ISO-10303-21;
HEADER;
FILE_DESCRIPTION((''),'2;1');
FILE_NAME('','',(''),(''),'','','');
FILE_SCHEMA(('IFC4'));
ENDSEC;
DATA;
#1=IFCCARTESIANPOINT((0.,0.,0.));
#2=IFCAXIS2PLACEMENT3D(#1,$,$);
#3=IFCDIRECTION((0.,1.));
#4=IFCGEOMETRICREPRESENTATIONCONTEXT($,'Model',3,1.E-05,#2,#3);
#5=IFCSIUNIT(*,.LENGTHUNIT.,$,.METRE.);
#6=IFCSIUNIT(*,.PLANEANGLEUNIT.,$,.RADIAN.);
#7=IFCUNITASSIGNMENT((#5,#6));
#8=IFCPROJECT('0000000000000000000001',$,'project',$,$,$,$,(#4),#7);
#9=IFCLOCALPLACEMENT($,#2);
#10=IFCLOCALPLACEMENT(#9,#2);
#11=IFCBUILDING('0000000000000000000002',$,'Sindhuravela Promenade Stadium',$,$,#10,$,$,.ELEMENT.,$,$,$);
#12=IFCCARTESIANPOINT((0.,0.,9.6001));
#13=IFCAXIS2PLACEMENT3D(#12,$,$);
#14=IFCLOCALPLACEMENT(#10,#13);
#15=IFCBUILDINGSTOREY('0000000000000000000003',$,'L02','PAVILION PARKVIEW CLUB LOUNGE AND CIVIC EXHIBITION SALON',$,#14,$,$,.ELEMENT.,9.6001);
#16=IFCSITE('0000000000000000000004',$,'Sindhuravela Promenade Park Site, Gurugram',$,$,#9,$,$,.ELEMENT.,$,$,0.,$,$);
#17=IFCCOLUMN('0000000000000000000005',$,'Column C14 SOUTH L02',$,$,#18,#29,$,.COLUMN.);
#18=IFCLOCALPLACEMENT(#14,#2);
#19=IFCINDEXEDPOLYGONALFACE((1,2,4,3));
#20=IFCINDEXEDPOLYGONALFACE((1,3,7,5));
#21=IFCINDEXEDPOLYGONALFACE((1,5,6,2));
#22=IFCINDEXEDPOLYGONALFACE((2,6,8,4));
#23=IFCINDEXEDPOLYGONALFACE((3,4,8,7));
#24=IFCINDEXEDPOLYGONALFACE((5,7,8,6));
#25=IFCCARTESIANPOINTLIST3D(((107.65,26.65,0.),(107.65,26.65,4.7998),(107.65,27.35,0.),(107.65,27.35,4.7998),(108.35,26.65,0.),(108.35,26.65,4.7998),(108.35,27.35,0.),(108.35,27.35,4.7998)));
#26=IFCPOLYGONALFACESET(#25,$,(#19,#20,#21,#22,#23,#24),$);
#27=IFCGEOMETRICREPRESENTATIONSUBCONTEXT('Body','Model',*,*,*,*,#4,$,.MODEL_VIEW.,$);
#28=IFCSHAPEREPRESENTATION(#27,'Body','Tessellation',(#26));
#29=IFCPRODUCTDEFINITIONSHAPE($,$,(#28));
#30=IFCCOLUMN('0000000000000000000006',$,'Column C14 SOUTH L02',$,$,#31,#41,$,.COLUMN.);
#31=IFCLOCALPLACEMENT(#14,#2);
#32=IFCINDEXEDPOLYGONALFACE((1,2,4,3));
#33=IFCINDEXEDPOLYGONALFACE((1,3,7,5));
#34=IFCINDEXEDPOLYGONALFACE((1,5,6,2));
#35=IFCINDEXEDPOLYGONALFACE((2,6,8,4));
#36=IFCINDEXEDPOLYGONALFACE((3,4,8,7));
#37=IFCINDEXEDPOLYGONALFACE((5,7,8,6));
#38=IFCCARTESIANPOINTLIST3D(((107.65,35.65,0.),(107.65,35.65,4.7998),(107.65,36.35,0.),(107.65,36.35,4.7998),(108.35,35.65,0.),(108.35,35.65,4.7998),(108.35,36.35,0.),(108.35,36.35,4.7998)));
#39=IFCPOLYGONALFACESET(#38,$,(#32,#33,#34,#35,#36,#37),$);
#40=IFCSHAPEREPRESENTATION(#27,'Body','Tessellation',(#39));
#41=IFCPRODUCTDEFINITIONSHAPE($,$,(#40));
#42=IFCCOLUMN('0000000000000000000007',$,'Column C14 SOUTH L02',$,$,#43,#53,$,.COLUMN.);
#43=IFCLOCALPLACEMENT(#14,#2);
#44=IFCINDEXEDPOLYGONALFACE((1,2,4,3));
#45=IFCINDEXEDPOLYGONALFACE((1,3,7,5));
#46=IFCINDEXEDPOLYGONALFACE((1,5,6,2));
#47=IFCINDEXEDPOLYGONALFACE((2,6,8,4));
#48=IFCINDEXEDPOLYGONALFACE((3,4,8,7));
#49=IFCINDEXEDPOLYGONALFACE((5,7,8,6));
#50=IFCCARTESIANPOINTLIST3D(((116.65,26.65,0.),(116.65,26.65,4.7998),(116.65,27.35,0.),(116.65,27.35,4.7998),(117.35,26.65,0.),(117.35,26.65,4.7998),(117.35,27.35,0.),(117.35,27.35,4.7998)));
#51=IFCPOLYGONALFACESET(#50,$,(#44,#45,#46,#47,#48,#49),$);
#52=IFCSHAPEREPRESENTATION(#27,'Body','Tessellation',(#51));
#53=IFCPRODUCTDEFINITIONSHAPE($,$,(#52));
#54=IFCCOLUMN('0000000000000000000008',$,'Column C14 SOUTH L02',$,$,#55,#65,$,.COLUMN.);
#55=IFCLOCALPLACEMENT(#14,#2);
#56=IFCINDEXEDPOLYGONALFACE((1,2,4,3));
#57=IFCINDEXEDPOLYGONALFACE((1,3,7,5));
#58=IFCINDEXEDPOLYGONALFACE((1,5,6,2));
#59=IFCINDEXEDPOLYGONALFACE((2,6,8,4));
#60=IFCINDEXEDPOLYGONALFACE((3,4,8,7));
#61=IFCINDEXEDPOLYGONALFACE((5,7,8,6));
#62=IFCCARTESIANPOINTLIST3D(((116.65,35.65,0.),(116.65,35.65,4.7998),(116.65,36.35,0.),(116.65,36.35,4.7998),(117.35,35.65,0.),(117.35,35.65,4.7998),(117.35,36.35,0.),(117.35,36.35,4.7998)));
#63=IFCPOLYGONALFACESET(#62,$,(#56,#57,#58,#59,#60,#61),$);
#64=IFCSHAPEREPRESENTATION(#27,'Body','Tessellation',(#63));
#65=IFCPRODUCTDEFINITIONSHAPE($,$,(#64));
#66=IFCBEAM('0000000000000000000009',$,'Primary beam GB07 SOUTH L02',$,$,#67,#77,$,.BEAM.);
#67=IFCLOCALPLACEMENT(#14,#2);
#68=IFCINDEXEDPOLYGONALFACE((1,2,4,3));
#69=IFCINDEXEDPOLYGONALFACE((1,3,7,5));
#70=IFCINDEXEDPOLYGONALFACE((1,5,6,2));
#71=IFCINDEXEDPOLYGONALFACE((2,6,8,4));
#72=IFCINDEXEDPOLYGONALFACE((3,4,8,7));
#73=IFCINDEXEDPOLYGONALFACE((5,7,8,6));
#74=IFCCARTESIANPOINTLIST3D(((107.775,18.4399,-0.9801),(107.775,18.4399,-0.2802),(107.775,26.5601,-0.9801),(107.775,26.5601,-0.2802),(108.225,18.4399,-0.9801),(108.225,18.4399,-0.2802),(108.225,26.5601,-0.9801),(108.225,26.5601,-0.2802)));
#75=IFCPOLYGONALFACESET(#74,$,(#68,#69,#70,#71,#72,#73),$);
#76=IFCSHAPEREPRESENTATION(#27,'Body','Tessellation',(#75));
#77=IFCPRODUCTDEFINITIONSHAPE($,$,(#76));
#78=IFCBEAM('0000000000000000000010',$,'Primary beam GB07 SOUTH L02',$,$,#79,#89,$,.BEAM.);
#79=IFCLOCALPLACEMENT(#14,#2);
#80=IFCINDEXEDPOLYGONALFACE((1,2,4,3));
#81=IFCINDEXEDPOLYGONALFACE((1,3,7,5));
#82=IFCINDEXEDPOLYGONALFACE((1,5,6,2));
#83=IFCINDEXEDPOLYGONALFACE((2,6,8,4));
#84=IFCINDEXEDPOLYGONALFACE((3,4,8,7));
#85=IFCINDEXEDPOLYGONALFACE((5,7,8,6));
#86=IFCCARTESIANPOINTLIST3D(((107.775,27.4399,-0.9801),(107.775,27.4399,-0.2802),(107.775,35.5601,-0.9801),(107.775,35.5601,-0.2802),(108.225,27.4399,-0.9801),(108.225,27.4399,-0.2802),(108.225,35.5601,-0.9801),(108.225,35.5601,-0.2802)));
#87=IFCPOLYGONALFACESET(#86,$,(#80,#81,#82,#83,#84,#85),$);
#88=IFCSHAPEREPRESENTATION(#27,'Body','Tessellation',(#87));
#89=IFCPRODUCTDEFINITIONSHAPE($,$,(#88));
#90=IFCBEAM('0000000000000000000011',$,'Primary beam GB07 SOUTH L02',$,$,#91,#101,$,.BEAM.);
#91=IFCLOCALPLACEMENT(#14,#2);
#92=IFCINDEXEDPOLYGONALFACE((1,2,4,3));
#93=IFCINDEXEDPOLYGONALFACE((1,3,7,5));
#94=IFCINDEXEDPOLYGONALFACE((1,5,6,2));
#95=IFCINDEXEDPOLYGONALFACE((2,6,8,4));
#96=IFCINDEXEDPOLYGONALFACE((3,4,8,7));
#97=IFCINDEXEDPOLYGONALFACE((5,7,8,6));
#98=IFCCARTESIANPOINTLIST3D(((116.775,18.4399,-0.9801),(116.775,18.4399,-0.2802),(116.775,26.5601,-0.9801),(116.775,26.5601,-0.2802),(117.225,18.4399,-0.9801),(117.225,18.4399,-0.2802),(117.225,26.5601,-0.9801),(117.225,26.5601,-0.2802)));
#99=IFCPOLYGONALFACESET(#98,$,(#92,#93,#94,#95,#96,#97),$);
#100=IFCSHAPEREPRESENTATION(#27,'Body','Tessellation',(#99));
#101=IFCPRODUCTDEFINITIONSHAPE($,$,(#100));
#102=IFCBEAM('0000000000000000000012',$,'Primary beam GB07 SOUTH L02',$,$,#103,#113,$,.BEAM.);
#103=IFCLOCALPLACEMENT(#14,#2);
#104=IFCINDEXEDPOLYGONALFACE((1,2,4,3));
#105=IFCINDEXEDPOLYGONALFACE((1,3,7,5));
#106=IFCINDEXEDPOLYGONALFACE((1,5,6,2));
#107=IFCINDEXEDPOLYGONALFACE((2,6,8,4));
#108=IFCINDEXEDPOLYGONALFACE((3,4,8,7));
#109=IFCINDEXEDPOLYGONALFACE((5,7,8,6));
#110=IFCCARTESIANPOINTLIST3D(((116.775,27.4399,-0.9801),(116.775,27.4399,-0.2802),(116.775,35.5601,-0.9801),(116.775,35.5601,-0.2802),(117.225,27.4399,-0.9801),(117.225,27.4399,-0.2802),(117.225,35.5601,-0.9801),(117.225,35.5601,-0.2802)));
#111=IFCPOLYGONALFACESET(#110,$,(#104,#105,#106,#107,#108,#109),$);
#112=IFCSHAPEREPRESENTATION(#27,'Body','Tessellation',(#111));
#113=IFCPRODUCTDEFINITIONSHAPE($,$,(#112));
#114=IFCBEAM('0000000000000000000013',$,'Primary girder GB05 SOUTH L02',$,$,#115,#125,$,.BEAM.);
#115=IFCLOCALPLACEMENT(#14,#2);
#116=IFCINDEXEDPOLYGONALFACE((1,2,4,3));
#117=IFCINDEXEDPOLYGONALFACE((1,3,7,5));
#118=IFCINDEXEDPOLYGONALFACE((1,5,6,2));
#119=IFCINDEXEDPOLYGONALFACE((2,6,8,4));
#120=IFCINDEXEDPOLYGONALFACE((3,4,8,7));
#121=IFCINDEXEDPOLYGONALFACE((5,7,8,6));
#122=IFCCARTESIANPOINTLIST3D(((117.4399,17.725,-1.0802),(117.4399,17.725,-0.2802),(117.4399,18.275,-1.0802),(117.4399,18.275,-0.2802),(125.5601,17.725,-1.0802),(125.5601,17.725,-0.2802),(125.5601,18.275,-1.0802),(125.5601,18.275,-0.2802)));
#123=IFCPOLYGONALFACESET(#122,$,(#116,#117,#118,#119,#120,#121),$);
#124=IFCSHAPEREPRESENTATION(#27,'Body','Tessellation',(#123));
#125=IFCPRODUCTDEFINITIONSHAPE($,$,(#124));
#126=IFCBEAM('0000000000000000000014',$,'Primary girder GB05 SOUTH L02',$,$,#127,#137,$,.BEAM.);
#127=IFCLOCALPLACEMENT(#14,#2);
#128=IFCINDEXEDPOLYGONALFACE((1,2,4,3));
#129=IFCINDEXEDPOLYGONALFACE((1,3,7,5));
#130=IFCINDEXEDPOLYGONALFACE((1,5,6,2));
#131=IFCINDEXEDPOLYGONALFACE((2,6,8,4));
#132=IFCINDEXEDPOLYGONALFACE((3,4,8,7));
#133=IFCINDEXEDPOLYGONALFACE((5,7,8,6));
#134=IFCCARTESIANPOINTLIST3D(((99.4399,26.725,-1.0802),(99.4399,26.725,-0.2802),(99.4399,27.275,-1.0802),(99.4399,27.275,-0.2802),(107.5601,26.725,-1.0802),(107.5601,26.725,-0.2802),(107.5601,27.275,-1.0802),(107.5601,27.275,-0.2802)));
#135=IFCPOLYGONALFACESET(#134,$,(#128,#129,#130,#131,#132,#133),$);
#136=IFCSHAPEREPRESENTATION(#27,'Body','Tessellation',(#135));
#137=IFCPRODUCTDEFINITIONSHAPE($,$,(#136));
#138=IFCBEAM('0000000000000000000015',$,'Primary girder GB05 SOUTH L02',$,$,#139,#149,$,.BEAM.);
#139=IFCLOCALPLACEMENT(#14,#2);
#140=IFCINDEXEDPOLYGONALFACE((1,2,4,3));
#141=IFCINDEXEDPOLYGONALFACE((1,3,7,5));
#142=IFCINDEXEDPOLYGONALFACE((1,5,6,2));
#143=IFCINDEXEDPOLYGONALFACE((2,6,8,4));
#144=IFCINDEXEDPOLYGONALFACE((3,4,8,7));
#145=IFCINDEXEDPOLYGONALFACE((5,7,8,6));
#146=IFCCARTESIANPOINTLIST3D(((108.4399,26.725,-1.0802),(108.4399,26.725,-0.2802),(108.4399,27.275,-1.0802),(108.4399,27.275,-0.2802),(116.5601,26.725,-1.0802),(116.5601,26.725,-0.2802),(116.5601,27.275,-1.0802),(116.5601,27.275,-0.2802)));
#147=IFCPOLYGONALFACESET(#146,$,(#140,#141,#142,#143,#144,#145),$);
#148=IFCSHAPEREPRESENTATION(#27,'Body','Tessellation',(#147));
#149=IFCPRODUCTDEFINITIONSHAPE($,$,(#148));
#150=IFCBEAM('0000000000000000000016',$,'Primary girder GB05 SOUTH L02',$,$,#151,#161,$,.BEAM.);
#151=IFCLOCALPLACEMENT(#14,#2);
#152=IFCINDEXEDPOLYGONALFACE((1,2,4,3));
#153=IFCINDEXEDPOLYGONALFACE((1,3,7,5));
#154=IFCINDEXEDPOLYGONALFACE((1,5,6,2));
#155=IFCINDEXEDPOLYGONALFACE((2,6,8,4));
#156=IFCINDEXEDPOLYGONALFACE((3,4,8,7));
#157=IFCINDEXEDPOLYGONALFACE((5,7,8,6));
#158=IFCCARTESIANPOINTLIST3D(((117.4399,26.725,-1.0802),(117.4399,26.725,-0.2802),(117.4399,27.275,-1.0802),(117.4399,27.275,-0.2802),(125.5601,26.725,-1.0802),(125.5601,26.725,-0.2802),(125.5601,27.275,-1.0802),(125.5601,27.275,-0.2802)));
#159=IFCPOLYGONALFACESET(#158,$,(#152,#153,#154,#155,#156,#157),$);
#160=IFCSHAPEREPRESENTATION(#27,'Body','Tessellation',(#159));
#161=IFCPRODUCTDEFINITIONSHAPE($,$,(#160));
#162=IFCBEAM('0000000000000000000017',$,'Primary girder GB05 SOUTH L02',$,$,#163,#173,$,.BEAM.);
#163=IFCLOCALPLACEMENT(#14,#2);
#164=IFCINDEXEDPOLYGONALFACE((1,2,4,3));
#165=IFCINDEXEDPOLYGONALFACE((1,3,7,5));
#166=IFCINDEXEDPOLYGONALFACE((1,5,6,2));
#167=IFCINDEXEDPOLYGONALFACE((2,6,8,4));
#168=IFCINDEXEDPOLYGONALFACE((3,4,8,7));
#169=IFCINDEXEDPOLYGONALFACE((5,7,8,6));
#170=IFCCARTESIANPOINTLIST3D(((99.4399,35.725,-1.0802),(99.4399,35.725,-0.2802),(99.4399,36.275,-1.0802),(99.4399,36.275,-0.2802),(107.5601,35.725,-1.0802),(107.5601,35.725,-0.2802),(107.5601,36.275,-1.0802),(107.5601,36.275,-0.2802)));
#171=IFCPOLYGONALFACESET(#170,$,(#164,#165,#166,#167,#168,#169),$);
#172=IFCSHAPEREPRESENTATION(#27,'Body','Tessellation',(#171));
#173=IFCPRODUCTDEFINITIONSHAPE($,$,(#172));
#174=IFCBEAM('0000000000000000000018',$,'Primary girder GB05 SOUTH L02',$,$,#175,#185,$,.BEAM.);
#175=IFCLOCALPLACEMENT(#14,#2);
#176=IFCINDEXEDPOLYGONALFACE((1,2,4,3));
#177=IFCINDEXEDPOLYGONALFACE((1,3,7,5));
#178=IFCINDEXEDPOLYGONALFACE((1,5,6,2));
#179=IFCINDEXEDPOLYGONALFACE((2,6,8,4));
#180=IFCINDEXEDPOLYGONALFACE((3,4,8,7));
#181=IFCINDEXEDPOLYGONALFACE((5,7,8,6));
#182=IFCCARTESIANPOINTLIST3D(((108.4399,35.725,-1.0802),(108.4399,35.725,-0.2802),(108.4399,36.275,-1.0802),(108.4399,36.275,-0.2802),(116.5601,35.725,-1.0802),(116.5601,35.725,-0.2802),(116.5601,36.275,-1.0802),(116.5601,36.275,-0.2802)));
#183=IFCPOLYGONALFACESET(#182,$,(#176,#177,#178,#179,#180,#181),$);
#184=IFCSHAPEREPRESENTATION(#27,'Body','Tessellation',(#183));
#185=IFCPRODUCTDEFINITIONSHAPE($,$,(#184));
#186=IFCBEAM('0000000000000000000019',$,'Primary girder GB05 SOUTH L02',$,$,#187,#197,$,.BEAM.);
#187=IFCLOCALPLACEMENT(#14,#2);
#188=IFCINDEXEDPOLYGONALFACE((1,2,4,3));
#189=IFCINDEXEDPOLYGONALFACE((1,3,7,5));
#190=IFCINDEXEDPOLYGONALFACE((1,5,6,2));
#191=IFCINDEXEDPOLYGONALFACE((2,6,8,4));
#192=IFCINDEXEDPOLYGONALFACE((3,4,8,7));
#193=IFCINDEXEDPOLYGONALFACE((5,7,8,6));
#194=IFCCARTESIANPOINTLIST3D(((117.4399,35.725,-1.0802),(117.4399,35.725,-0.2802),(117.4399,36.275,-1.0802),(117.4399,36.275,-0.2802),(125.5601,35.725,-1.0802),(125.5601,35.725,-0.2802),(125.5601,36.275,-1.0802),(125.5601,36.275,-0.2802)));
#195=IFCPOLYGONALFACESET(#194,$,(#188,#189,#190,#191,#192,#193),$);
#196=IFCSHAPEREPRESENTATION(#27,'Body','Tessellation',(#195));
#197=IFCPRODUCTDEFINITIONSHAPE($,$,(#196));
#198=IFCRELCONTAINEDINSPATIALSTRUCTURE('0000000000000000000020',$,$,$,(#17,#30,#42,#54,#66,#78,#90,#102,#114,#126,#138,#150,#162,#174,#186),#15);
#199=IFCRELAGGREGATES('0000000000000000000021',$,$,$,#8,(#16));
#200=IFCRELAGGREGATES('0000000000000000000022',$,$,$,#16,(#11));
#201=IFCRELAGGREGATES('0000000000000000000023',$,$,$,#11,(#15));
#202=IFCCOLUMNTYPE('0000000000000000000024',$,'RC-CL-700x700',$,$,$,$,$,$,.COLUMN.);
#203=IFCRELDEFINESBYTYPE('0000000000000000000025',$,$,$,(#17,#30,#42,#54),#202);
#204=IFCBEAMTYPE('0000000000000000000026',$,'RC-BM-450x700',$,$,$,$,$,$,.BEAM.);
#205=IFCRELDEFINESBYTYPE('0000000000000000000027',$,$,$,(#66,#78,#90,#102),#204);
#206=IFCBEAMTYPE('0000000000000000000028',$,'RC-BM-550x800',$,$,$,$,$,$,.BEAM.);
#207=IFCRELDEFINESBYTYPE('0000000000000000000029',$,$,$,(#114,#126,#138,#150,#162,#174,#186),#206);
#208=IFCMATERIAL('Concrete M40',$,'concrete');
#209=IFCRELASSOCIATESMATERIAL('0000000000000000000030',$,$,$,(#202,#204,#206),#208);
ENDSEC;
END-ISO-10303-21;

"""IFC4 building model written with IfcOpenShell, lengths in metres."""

from ifc_helpers import new_model, si_unit, direction, frame, origin, origin_2d, place, context, subcontext, project, spatial, rectangle, extrude, material, material_profile, profile_set, type_object, element, save


model = new_model("IFC4")

# Units and contexts
model_context = context("Model", 3, precision=1e-05, world=origin(), true_north=direction((0.0, 1.0)))
body_context = subcontext(model_context, "Body", "Model", "MODEL_VIEW")
ifc_project = project(units=[si_unit("LENGTHUNIT", "METRE"), si_unit("PLANEANGLEUNIT", "RADIAN")], contexts=[model_context])

# Site, building, storey
site_placement = place(None, origin())
site = spatial("IfcSite", under=ifc_project, at=site_placement, Name="Sindhuravela Promenade Park Site, Gurugram", CompositionType="ELEMENT", RefElevation=0.0)
building_placement = place(site_placement, origin())
building = spatial("IfcBuilding", under=site, at=building_placement, Name="Sindhuravela Promenade Stadium", CompositionType="ELEMENT")
storey_placement = place(building_placement, frame((0.0, 0.0, 9.6001)))
storey = spatial("IfcBuildingStorey", under=building, at=storey_placement, Name="L02", Description="PAVILION PARKVIEW CLUB LOUNGE AND CIVIC EXHIBITION SALON", CompositionType="ELEMENT", Elevation=9.6001)

# Columns
ifc_material_1 = material(Name="Concrete M40", Category="concrete")
ifc_material_profile_1 = material_profile(ifc_material_1, rectangle(XDim=0.7, YDim=0.7, at=origin_2d()), Name="RC 700x700")
ifc_profile_set_1 = profile_set([ifc_material_profile_1], Name="Concrete M40")
column_type = type_object("IfcColumnType", Name="RC-CL-700x700", PredefinedType="COLUMN", material=ifc_profile_set_1)
for number, where, z_axis, x_axis, name in (
    (1, (108.0, 27.0, 0.0), (0.0, 0.0, 1.0), (1.0, 0.0, 0.0), "Column C14 SOUTH L02"),
    (2, (108.0, 36.0, 0.0), (0.0, 0.0, 1.0), (1.0, 0.0, 0.0), "Column C14 SOUTH L02"),
    (3, (117.0, 27.0, 0.0), (0.0, 0.0, 1.0), (1.0, 0.0, 0.0), "Column C14 SOUTH L02"),
    (4, (117.0, 36.0, 0.0), (0.0, 0.0, 1.0), (1.0, 0.0, 0.0), "Column C14 SOUTH L02"),
):
    element("IfcColumn", number, at=place(storey_placement, frame(where, z_axis=z_axis, x_axis=x_axis)), inside=storey, type_object=column_type, Name=name, PredefinedType="COLUMN", context=body_context, shape_type="SweptSolid", body=[
        extrude(rectangle(XDim=0.7, YDim=0.7, at=origin_2d()), origin(), (0.0, 0.0, 1.0), 4.7998),
    ])

# Beams
ifc_material_profile_2 = material_profile(ifc_material_1, rectangle(XDim=0.45, YDim=0.7, at=origin_2d()), Name="RC 450x700")
ifc_profile_set_2 = profile_set([ifc_material_profile_2], Name="Concrete M40")
beam_type_1 = type_object("IfcBeamType", Name="RC-BM-450x700", PredefinedType="BEAM", material=ifc_profile_set_2)
for number, where, z_axis, x_axis, name in (
    (5, (108.0, 18.4399, -0.6301), (0.0, 1.0, 0.0), (-1.0, 0.0, 0.0), "Primary beam GB07 SOUTH L02"),
    (6, (108.0, 27.4399, -0.6301), (0.0, 1.0, 0.0), (-1.0, 0.0, 0.0), "Primary beam GB07 SOUTH L02"),
    (7, (117.0, 18.4399, -0.6301), (0.0, 1.0, 0.0), (-1.0, 0.0, 0.0), "Primary beam GB07 SOUTH L02"),
    (8, (117.0, 27.4399, -0.6301), (0.0, 1.0, 0.0), (-1.0, 0.0, 0.0), "Primary beam GB07 SOUTH L02"),
):
    element("IfcBeam", number, at=place(storey_placement, frame(where, z_axis=z_axis, x_axis=x_axis)), inside=storey, type_object=beam_type_1, Name=name, PredefinedType="BEAM", context=body_context, shape_type="SweptSolid", body=[
        extrude(rectangle(XDim=0.45, YDim=0.7, at=origin_2d()), origin(), (0.0, 0.0, 1.0), 8.1201),
    ])
ifc_material_profile_3 = material_profile(ifc_material_1, rectangle(XDim=0.55, YDim=0.8, at=origin_2d()), Name="RC 550x800")
ifc_profile_set_3 = profile_set([ifc_material_profile_3], Name="Concrete M40")
beam_type_2 = type_object("IfcBeamType", Name="RC-BM-550x800", PredefinedType="BEAM", material=ifc_profile_set_3)
for number, where, z_axis, x_axis, name in (
    (9, (117.4399, 18.0, -0.6802), (1.0, 0.0, 0.0), (0.0, 1.0, 0.0), "Primary girder GB05 SOUTH L02"),
    (10, (99.4399, 27.0, -0.6802), (1.0, 0.0, 0.0), (0.0, 1.0, 0.0), "Primary girder GB05 SOUTH L02"),
    (11, (108.4399, 27.0, -0.6802), (1.0, 0.0, 0.0), (0.0, 1.0, 0.0), "Primary girder GB05 SOUTH L02"),
    (12, (117.4399, 27.0, -0.6802), (1.0, 0.0, 0.0), (0.0, 1.0, 0.0), "Primary girder GB05 SOUTH L02"),
    (13, (99.4399, 36.0, -0.6802), (1.0, 0.0, 0.0), (0.0, 1.0, 0.0), "Primary girder GB05 SOUTH L02"),
    (14, (108.4399, 36.0, -0.6802), (1.0, 0.0, 0.0), (0.0, 1.0, 0.0), "Primary girder GB05 SOUTH L02"),
    (15, (117.4399, 36.0, -0.6802), (1.0, 0.0, 0.0), (0.0, 1.0, 0.0), "Primary girder GB05 SOUTH L02"),
):
    element("IfcBeam", number, at=place(storey_placement, frame(where, z_axis=z_axis, x_axis=x_axis)), inside=storey, type_object=beam_type_2, Name=name, PredefinedType="BEAM", context=body_context, shape_type="SweptSolid", body=[
        extrude(rectangle(XDim=0.55, YDim=0.8, at=origin_2d()), origin(), (0.0, 0.0, 1.0), 8.1201),
    ])

save(model, "model.ifc")
